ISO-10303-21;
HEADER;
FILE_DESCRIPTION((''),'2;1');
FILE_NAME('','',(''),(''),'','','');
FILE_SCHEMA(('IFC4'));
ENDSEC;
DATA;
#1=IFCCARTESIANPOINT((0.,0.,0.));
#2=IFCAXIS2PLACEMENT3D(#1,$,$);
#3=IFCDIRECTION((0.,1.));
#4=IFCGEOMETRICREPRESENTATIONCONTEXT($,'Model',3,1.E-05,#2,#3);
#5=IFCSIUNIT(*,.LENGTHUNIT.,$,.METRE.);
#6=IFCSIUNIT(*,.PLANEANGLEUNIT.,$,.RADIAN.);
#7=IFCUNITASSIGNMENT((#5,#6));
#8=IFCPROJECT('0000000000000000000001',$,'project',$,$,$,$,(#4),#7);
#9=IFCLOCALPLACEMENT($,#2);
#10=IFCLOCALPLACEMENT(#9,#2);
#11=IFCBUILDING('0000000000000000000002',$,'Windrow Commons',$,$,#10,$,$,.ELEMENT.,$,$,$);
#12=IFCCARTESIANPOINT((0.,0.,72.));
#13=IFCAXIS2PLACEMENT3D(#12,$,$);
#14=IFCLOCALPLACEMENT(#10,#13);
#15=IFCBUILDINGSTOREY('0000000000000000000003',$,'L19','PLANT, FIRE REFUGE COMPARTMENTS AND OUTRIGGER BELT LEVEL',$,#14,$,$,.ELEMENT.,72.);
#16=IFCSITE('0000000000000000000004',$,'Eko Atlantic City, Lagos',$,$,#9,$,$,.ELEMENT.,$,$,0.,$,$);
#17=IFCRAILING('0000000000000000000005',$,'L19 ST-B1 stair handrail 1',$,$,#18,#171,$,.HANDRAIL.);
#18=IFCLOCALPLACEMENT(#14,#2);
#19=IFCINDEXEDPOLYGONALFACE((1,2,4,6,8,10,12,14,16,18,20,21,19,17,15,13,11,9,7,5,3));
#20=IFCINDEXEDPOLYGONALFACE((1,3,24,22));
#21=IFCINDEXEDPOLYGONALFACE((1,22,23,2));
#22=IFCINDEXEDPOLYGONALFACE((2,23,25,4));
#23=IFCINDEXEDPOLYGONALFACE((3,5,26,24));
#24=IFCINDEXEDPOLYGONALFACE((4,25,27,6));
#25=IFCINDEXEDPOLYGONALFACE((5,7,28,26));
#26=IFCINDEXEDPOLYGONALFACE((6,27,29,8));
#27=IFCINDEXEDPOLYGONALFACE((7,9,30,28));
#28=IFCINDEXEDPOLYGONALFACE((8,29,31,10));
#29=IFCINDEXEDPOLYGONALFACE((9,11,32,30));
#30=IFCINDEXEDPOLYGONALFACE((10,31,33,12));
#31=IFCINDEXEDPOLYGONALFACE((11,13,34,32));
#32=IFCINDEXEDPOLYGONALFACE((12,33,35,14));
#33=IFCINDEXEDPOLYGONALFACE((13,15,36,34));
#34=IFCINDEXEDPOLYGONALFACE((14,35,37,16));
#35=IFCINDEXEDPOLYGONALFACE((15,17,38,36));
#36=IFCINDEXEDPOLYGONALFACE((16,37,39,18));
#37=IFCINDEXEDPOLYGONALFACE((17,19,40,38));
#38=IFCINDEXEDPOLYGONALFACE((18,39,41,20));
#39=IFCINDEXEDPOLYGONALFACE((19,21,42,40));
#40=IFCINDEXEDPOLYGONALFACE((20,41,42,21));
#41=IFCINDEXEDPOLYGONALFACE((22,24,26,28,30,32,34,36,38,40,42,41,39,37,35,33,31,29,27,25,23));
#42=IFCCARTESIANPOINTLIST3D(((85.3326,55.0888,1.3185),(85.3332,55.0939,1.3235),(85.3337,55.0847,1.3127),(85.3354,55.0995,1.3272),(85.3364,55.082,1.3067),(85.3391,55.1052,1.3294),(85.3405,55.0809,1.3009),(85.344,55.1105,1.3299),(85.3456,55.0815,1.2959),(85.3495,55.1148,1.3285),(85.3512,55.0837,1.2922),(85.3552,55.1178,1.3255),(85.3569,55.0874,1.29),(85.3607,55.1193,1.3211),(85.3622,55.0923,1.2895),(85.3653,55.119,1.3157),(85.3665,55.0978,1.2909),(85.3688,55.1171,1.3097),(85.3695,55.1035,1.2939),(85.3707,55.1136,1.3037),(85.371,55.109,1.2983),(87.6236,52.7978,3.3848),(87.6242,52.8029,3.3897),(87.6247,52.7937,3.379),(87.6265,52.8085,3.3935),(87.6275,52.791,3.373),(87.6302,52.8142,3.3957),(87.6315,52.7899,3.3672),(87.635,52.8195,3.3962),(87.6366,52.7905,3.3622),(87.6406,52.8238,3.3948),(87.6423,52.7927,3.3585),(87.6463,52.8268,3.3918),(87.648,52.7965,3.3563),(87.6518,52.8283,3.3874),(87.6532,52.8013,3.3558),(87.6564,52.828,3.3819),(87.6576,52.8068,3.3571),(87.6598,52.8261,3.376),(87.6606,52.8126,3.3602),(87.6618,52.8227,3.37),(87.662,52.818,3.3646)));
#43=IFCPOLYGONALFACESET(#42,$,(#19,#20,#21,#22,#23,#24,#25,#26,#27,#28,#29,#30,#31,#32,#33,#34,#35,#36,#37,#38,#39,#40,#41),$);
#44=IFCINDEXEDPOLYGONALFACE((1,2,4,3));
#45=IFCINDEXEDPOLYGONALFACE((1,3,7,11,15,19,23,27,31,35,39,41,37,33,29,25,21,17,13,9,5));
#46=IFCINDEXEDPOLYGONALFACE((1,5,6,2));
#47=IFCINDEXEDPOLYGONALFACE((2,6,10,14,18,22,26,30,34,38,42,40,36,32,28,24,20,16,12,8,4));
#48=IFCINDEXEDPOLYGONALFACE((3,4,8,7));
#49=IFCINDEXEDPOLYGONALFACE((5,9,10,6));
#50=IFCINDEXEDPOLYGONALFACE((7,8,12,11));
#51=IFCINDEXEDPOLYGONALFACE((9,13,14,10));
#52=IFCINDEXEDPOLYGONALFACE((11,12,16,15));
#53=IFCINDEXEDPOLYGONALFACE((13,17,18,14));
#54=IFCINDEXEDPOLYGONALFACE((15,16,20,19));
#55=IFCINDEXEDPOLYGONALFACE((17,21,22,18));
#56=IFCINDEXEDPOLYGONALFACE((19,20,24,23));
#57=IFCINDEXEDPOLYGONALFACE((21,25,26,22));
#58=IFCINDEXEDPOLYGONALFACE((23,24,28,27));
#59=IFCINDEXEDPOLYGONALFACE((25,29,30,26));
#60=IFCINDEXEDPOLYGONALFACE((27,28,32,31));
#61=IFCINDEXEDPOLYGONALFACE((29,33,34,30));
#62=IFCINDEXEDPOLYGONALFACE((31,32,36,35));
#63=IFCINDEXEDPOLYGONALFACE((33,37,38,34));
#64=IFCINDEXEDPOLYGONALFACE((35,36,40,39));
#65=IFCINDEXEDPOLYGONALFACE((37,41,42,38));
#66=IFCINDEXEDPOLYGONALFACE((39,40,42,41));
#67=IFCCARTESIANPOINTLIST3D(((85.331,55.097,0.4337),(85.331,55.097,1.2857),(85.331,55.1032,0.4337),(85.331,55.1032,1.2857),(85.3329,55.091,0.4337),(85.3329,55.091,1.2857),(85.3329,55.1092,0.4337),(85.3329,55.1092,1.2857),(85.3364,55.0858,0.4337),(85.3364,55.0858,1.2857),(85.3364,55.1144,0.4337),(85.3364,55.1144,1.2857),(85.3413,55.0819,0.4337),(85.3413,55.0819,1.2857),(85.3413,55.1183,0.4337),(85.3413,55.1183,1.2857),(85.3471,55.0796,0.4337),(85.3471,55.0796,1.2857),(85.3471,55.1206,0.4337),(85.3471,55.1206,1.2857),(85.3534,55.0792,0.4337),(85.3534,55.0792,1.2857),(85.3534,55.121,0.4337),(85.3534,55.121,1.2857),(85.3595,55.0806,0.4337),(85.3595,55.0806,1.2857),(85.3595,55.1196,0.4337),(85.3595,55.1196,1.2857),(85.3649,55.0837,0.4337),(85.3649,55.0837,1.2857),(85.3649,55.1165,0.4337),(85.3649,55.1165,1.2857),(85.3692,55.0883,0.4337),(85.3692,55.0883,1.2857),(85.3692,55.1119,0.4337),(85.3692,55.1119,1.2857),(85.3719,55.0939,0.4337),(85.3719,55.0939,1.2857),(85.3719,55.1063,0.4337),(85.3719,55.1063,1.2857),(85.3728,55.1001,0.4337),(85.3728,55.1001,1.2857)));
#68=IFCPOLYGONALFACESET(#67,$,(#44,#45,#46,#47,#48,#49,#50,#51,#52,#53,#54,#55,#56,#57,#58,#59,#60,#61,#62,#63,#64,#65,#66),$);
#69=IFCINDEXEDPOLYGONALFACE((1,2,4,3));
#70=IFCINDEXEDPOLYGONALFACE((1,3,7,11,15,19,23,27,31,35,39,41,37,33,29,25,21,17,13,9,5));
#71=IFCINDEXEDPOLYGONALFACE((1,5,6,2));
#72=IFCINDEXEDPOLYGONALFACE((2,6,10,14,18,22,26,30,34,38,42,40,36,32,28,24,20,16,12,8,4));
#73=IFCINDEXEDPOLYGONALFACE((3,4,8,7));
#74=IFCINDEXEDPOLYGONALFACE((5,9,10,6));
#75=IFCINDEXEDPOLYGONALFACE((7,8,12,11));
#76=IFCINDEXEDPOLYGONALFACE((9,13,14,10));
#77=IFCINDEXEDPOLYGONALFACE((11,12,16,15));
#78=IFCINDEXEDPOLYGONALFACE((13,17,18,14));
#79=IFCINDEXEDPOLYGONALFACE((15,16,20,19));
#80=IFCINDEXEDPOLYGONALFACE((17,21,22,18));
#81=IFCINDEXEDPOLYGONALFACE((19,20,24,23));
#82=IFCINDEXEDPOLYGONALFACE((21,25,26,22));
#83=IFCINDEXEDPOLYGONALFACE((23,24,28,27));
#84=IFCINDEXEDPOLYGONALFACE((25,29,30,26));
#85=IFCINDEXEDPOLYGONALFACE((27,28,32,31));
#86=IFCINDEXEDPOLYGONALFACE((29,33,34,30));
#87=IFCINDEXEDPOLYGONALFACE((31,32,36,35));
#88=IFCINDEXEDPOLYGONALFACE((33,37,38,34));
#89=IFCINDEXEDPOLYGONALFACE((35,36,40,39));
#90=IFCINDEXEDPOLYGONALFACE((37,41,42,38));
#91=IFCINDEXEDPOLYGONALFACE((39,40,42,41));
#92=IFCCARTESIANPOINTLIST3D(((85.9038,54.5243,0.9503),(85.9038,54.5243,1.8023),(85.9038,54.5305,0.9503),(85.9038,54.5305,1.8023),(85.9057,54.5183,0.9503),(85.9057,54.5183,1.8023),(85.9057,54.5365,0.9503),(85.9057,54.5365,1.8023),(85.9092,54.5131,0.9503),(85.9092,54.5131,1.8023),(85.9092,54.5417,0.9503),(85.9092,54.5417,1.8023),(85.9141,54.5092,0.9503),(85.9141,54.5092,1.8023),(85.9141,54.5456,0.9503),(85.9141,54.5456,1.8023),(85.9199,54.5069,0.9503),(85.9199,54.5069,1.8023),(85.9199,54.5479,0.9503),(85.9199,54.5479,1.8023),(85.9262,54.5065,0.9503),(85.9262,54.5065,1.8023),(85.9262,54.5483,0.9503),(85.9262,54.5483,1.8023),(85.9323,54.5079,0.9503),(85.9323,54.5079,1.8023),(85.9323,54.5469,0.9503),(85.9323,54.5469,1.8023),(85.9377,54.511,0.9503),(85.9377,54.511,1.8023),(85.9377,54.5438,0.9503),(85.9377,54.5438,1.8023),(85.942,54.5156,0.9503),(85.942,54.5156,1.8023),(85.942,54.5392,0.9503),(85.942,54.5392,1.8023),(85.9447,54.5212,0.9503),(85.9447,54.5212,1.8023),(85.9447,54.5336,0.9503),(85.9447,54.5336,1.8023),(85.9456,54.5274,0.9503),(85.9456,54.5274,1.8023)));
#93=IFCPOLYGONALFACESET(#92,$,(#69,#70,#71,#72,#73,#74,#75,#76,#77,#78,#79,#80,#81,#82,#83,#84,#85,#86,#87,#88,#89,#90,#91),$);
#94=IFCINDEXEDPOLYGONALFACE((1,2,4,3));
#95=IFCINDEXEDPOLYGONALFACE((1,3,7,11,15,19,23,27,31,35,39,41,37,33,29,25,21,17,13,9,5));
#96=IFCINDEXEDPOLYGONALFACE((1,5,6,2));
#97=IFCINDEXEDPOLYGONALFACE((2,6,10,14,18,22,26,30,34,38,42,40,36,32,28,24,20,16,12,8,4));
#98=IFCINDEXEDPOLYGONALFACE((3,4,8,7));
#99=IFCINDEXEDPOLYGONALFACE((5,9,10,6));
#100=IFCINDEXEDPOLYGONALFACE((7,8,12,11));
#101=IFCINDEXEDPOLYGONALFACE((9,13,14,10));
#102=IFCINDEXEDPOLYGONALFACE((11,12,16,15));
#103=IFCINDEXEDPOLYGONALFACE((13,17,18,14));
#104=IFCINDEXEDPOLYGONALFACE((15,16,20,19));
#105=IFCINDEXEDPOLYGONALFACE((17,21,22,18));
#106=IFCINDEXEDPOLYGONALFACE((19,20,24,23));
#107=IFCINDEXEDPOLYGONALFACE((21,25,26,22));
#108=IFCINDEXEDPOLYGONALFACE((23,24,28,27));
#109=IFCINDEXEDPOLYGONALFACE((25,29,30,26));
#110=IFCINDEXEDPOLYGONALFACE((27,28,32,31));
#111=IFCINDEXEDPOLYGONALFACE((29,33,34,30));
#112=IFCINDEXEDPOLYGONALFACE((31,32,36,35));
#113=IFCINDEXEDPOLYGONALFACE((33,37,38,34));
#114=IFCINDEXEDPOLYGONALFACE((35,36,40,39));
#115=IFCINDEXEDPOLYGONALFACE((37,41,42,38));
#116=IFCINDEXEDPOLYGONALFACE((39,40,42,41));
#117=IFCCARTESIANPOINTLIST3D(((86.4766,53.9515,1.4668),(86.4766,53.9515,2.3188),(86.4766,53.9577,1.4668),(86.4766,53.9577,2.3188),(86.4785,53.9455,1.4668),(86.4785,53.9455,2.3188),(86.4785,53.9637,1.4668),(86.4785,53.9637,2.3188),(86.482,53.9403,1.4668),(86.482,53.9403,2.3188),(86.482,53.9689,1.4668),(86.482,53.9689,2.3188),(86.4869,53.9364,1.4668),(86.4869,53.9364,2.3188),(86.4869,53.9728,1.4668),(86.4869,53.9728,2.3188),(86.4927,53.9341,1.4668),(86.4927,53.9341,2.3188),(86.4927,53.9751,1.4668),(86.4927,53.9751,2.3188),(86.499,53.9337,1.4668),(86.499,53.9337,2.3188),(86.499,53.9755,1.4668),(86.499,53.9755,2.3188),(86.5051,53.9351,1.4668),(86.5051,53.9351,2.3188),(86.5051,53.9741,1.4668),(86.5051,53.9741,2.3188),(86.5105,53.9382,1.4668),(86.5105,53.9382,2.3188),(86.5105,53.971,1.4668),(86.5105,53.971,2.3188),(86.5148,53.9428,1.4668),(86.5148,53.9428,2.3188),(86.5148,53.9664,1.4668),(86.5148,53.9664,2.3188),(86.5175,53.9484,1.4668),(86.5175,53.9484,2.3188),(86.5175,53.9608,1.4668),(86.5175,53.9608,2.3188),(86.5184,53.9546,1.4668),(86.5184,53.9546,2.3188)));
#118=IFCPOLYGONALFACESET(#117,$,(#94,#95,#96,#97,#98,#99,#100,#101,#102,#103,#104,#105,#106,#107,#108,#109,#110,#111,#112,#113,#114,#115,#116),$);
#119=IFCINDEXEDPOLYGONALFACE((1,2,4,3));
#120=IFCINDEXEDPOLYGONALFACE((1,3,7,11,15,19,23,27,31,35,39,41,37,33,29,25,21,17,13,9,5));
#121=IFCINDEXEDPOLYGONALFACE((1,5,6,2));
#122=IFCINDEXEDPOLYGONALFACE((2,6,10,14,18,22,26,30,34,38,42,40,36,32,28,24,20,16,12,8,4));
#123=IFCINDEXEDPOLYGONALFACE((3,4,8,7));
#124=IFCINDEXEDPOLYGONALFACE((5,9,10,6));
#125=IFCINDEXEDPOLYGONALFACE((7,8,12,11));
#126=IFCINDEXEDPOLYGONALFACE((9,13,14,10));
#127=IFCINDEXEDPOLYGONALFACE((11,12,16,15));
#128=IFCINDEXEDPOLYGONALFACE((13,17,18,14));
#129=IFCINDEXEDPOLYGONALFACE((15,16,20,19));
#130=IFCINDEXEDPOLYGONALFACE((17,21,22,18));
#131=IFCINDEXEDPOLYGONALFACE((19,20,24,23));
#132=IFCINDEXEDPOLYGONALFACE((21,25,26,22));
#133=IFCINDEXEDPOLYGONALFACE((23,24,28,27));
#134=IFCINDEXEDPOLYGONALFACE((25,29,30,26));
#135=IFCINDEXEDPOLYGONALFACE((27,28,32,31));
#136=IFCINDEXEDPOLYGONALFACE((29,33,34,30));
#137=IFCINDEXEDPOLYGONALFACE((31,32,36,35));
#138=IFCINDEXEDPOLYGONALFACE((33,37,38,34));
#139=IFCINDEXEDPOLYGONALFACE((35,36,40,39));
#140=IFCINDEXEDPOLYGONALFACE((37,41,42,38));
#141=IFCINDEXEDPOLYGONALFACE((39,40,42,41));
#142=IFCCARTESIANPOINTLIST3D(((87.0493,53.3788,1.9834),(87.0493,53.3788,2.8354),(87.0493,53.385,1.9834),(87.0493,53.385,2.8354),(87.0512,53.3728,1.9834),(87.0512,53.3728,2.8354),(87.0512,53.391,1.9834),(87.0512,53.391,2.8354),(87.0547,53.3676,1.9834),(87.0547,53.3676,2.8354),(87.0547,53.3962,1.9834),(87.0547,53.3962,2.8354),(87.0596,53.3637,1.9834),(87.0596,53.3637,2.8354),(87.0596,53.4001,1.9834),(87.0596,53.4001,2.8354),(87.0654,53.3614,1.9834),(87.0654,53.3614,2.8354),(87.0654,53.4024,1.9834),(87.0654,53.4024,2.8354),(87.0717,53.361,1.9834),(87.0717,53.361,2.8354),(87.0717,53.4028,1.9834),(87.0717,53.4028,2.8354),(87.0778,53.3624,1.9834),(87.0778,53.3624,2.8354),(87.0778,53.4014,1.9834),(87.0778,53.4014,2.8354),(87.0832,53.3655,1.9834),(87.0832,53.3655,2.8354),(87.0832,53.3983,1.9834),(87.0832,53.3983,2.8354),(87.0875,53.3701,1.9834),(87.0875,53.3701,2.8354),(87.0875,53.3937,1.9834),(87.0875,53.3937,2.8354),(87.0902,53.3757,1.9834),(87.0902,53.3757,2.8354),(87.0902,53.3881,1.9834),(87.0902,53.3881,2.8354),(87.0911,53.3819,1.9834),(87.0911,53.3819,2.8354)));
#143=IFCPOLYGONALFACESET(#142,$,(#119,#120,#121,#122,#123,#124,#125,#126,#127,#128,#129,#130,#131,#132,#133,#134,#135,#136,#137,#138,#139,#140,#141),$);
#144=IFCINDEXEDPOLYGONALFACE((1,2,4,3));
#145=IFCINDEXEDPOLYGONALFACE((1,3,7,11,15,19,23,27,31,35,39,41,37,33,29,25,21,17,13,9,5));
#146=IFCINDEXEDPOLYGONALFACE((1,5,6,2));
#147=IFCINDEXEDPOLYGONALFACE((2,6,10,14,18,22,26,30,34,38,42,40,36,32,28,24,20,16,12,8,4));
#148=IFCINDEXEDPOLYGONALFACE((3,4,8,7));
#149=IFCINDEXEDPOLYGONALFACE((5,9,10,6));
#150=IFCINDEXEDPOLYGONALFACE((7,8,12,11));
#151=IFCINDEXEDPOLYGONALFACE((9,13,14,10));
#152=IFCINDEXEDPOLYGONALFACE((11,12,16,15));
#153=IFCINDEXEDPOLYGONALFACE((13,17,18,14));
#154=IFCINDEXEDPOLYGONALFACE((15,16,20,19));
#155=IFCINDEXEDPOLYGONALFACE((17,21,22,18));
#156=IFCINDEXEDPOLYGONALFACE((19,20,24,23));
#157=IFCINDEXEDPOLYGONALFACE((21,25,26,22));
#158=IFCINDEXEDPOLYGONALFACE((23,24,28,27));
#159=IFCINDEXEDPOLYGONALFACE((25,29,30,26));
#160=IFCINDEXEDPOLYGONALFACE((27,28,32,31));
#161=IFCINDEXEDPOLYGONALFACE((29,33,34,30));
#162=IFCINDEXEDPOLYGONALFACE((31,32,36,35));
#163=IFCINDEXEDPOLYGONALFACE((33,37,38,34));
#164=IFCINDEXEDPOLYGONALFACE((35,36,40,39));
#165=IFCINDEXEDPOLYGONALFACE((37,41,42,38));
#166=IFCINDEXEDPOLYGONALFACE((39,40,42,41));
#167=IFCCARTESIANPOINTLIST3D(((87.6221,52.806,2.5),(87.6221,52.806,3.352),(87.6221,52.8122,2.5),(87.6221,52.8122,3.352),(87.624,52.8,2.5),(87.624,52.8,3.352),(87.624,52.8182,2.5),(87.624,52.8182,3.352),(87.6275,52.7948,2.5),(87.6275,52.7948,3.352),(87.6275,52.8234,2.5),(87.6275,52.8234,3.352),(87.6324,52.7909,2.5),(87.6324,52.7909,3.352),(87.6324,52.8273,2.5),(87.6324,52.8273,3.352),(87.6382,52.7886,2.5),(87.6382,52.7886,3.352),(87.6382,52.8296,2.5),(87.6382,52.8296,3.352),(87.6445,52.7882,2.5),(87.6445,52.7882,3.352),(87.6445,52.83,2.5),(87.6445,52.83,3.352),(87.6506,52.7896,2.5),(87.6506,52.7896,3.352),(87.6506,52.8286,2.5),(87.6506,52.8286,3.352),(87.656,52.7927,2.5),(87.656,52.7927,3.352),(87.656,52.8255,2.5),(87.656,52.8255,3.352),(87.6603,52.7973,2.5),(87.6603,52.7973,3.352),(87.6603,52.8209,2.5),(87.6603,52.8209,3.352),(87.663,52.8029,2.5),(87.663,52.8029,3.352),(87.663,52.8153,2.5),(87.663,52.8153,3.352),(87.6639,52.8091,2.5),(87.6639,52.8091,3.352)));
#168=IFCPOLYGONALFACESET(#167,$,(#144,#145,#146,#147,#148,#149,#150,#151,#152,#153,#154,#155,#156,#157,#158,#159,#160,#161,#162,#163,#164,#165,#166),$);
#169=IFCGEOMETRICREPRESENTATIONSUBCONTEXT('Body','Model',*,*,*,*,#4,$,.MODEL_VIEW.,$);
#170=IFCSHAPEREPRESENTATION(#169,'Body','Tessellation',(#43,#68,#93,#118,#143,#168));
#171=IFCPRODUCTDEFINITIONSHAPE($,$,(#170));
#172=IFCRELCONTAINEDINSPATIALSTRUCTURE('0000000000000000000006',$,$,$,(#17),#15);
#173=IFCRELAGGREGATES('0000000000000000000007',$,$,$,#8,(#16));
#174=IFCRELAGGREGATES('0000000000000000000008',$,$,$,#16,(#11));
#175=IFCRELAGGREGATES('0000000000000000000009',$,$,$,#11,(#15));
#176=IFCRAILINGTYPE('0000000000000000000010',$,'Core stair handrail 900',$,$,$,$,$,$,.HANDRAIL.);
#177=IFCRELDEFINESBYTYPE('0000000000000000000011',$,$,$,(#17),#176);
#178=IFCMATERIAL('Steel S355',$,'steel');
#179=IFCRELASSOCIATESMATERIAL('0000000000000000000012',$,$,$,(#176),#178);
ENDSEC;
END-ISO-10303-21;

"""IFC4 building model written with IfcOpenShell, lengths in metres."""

from ifc_helpers import new_model, si_unit, direction, frame, origin, origin_2d, place, context, subcontext, project, spatial, circle, extrude, material, type_object, element, save


model = new_model("IFC4")

# Units and contexts
model_context = context("Model", 3, precision=1e-05, world=origin(), true_north=direction((0.0, 1.0)))
body_context = subcontext(model_context, "Body", "Model", "MODEL_VIEW")
ifc_project = project(units=[si_unit("LENGTHUNIT", "METRE"), si_unit("PLANEANGLEUNIT", "RADIAN")], contexts=[model_context])

# Site, building, storey
site_placement = place(None, origin())
site = spatial("IfcSite", under=ifc_project, at=site_placement, Name="Eko Atlantic City, Lagos", CompositionType="ELEMENT", RefElevation=0.0)
building_placement = place(site_placement, origin())
building = spatial("IfcBuilding", under=site, at=building_placement, Name="Windrow Commons", CompositionType="ELEMENT")
storey_placement = place(building_placement, frame((0.0, 0.0, 72.0)))
storey = spatial("IfcBuildingStorey", under=building, at=storey_placement, Name="L19", Description="PLANT, FIRE REFUGE COMPARTMENTS AND OUTRIGGER BELT LEVEL", CompositionType="ELEMENT", Elevation=72.0)

# Railing
ifc_material_1 = material(Name="Steel S355", Category="steel")
railing_type_1 = type_object("IfcRailingType", Name="Core stair handrail 900", PredefinedType="HANDRAIL", material=ifc_material_1)
railing_1_placement = place(storey_placement, frame((85.3518, 55.1001, 0.4337)))
element("IfcRailing", 1, at=railing_1_placement, inside=storey, type_object=railing_type_1, Name="L19 ST-B1 stair handrail 1", PredefinedType="HANDRAIL", context=body_context, shape_type="SweptSolid", body=[
    extrude(circle(Radius=0.024, at=origin_2d()), frame((0.0, 0.0, 0.876), z_axis=(0.5962, -0.596174, 0.537701), x_axis=(0.707091, 0.707122, 0.0)), (0.0, 0.0, 1.0), 3.8428),
    extrude(circle(Radius=0.021, at=origin_2d()), origin(), (0.0, 0.0, 1.0), 0.852),
    extrude(circle(Radius=0.021, at=origin_2d()), frame((0.5728, -0.5727, 0.5166)), (0.0, 0.0, 1.0), 0.852),
    extrude(circle(Radius=0.021, at=origin_2d()), frame((1.1456, -1.1455, 1.0331)), (0.0, 0.0, 1.0), 0.852),
    extrude(circle(Radius=0.021, at=origin_2d()), frame((1.7183, -1.7182, 1.5497)), (0.0, 0.0, 1.0), 0.852),
    extrude(circle(Radius=0.021, at=origin_2d()), frame((2.2911, -2.291, 2.0663)), (0.0, 0.0, 1.0), 0.852),
])

save(model, "model.ifc")
